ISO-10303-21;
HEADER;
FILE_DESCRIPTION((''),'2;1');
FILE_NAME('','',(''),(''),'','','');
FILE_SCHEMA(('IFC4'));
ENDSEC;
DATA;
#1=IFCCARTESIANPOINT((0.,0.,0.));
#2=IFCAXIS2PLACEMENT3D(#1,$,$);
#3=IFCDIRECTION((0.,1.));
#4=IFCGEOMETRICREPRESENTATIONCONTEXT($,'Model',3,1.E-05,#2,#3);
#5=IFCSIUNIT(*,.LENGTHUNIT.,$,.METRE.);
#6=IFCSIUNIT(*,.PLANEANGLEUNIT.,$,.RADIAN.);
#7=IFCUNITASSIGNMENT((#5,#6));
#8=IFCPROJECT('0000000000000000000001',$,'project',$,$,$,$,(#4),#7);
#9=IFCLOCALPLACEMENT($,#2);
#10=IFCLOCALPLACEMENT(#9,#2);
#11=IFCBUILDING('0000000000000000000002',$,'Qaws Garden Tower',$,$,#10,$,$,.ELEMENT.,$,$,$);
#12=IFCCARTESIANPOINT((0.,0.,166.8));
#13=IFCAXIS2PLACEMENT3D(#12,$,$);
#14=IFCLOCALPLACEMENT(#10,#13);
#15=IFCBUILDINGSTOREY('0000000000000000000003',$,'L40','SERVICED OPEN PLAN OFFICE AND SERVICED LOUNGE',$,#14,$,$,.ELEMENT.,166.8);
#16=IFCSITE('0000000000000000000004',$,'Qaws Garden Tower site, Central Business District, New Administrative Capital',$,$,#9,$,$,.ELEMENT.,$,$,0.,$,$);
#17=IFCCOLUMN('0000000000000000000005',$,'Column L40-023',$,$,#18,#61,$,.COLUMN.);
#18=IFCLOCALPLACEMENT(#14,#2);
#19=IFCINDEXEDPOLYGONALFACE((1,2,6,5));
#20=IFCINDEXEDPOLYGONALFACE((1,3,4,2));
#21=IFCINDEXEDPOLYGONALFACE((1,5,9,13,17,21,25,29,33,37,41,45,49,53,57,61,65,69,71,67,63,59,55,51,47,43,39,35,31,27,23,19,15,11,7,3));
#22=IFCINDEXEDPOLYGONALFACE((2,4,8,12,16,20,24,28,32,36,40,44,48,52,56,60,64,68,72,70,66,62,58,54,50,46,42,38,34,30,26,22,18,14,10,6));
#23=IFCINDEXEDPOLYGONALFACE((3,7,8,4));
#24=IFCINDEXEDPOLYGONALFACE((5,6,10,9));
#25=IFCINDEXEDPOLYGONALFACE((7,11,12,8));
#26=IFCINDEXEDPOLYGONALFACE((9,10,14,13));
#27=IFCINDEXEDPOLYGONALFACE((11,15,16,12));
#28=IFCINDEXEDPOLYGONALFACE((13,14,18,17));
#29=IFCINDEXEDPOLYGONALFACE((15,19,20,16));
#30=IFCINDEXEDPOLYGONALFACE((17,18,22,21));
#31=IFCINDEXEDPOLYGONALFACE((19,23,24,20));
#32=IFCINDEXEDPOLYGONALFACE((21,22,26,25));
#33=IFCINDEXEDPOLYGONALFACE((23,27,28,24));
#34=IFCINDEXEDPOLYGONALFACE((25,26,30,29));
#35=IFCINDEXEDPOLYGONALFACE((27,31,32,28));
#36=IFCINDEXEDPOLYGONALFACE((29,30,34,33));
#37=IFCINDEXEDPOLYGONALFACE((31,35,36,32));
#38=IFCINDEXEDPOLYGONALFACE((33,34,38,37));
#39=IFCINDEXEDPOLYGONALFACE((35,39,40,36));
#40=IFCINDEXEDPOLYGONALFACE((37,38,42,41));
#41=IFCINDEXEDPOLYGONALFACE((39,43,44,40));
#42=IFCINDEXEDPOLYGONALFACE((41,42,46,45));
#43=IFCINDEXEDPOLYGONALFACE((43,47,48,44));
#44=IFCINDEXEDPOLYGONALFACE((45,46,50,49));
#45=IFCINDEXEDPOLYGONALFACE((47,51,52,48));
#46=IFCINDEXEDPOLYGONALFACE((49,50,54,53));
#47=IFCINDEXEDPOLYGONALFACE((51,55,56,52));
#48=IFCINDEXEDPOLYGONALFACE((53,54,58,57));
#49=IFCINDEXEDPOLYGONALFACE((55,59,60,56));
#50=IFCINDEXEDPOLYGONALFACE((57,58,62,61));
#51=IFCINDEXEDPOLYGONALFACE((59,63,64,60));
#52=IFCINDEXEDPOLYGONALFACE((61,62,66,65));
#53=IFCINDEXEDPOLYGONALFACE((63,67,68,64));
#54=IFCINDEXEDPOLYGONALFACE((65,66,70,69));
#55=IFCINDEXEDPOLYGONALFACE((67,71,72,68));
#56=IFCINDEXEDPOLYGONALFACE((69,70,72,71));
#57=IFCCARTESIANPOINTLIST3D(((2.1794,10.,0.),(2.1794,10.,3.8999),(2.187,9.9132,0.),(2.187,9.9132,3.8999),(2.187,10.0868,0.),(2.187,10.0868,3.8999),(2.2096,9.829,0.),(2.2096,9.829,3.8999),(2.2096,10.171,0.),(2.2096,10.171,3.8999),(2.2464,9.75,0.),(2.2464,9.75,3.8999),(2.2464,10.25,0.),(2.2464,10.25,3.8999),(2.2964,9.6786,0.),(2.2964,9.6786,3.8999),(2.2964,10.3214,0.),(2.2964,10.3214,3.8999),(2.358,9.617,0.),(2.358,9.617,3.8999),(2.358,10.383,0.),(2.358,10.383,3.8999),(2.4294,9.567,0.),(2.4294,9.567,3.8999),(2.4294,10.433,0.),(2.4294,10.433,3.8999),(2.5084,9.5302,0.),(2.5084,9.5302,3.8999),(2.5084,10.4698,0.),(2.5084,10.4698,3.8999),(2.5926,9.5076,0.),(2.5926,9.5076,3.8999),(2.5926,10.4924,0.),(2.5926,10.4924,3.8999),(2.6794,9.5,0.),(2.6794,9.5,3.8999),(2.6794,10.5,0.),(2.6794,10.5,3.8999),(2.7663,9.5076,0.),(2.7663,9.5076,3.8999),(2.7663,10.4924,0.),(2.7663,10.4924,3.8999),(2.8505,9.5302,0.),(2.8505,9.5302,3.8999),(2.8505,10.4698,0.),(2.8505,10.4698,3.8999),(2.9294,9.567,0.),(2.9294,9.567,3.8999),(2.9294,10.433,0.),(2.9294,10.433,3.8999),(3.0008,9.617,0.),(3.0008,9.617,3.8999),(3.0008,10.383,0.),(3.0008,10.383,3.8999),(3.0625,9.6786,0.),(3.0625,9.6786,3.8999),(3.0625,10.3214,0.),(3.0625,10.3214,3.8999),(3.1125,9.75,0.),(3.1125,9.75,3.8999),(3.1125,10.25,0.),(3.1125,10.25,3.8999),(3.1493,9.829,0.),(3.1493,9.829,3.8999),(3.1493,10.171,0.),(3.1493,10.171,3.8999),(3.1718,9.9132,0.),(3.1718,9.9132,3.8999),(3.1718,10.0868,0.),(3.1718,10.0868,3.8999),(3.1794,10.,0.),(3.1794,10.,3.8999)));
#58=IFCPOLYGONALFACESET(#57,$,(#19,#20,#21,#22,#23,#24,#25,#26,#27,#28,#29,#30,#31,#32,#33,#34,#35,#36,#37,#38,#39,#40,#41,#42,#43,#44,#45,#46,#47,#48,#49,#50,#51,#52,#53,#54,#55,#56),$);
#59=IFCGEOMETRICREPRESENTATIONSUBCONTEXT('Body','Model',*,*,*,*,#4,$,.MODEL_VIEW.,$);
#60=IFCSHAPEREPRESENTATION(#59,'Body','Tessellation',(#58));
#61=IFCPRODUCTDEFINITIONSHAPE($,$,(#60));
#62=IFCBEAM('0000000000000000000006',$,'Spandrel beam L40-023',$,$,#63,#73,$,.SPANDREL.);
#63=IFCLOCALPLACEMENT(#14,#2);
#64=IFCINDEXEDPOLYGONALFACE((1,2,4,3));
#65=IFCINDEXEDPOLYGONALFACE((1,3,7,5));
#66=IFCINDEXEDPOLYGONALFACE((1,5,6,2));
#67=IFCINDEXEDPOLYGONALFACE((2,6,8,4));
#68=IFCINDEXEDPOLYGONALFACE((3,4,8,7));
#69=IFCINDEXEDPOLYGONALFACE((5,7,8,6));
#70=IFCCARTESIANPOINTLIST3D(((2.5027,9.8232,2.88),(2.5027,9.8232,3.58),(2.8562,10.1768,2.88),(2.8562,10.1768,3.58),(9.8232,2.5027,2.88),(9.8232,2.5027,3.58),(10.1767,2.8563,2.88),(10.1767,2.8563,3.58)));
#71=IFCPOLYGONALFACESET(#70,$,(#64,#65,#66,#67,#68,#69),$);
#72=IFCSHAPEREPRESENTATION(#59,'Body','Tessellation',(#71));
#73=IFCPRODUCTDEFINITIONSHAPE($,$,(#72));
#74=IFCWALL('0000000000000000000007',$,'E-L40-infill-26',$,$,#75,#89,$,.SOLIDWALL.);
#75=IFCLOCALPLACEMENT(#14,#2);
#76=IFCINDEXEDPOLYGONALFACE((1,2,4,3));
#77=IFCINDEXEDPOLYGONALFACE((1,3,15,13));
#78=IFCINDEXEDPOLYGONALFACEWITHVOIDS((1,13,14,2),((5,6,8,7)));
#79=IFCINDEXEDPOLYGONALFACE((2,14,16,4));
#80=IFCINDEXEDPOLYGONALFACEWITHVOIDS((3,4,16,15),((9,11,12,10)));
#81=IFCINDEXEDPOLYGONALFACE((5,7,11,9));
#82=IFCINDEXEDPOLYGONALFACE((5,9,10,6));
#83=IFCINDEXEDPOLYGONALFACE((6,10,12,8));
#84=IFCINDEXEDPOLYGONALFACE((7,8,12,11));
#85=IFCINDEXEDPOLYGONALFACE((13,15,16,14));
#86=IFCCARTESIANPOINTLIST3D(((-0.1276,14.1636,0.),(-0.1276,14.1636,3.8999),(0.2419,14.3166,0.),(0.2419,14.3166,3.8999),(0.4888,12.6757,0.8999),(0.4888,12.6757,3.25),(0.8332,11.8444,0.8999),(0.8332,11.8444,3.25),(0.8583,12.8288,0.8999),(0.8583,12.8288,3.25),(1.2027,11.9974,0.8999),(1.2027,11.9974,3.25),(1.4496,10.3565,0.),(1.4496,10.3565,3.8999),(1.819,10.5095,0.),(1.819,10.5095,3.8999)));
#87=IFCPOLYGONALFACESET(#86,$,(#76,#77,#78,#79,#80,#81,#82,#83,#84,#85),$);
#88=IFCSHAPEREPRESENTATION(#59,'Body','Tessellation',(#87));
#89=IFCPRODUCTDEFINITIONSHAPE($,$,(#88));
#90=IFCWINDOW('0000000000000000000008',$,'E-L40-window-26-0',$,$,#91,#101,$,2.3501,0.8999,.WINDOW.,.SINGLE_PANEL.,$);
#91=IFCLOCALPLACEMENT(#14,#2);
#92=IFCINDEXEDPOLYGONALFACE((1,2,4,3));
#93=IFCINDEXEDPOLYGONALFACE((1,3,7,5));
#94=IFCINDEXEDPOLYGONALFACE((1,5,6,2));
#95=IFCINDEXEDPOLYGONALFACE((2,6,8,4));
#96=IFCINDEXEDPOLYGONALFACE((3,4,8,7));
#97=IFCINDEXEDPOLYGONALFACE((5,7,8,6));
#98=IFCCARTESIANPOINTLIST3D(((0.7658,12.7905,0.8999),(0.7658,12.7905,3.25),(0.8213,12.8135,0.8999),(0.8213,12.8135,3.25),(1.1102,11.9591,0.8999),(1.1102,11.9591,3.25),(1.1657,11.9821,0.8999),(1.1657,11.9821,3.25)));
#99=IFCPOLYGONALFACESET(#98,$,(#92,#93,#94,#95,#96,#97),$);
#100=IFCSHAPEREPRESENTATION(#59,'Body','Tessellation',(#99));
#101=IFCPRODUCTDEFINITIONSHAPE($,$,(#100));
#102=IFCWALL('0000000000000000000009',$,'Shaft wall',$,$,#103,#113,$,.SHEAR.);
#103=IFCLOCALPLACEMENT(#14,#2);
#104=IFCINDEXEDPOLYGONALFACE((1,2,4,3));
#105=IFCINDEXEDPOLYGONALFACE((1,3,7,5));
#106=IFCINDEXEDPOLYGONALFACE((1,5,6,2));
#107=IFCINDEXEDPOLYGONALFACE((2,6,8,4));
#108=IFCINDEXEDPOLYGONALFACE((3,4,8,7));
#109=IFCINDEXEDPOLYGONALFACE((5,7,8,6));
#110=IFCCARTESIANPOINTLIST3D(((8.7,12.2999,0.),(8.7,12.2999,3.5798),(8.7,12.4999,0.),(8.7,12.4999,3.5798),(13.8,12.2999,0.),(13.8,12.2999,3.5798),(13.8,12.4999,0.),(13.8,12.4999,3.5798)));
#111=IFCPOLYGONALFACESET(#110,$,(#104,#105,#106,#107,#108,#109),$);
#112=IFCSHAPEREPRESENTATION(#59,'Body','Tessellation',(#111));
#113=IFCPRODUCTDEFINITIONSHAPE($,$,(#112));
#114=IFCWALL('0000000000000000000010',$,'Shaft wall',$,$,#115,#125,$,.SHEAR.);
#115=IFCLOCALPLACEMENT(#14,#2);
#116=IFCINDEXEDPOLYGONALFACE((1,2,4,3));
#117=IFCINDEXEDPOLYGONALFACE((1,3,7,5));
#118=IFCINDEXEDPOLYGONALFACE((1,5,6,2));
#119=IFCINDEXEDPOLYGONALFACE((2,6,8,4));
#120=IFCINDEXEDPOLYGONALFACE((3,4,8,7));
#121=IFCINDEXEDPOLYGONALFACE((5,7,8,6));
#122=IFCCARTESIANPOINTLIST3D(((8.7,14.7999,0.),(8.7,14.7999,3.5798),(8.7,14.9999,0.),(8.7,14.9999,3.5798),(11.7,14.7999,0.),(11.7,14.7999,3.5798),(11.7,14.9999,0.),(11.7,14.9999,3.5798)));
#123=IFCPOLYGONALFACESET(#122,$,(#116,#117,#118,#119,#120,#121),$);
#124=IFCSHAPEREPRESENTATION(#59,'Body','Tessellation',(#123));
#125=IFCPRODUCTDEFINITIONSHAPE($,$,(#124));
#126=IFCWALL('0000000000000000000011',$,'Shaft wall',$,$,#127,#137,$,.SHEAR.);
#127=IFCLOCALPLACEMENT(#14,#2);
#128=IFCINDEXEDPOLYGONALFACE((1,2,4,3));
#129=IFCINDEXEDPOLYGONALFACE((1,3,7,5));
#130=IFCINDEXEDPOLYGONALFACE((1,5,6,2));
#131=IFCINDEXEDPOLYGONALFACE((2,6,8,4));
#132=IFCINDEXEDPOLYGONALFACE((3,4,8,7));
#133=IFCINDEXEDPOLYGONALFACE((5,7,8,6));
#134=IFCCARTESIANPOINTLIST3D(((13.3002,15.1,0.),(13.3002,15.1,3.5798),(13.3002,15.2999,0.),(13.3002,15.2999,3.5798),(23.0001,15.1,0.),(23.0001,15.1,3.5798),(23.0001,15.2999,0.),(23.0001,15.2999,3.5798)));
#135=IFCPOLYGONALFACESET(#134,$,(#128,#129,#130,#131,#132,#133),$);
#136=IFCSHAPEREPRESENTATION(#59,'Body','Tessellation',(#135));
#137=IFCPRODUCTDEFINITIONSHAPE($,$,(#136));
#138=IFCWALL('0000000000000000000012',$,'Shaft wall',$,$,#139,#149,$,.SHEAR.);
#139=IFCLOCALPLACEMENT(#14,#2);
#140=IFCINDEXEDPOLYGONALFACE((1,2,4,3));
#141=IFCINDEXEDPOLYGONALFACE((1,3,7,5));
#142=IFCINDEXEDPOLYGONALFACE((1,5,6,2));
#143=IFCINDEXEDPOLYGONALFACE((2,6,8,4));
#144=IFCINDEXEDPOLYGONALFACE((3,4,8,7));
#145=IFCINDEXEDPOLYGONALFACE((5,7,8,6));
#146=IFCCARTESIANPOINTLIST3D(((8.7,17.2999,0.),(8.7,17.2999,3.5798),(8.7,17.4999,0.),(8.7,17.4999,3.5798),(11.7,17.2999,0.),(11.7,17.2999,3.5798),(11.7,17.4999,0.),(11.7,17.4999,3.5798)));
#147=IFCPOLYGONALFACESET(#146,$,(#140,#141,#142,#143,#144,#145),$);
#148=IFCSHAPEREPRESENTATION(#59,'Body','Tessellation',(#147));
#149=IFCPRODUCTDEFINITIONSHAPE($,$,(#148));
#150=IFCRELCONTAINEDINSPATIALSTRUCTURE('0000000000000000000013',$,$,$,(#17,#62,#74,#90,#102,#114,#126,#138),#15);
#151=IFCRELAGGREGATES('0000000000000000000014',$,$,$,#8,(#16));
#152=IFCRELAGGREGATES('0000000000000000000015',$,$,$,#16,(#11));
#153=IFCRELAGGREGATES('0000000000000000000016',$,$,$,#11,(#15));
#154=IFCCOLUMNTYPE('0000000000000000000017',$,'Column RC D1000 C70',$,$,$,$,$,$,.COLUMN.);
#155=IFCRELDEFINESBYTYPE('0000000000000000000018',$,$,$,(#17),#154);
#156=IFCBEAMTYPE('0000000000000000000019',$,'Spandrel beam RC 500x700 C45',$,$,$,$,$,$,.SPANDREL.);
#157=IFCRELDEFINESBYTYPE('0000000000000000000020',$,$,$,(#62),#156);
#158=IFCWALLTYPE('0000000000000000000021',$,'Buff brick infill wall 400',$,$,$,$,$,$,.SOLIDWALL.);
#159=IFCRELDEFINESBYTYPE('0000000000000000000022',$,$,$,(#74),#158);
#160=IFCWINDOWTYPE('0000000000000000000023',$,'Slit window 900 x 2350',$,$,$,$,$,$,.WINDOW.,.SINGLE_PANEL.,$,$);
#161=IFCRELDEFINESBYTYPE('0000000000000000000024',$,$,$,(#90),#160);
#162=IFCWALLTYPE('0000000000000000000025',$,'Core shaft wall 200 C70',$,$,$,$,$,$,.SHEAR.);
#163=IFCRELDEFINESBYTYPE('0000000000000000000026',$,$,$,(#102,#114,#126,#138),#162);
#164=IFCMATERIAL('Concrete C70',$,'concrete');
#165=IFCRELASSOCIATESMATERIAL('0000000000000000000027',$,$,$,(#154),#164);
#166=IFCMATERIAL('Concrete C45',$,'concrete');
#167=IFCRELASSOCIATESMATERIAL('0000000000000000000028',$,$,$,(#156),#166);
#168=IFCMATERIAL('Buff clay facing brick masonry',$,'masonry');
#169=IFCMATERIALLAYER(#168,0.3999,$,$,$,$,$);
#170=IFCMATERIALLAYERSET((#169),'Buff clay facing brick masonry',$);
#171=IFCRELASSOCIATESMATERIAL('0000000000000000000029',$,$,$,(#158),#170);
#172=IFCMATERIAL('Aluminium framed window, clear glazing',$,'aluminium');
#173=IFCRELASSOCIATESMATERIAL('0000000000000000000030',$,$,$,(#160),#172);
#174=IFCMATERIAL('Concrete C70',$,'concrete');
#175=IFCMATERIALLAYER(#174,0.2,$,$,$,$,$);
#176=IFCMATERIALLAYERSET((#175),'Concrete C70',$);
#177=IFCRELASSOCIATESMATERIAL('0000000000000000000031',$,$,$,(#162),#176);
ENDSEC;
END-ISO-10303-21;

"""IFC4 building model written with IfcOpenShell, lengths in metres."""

from ifc_helpers import new_model, si_unit, direction, frame, frame_2d, origin, origin_2d, place, context, subcontext, project, spatial, rectangle, circle, extrude, material, layer, layer_set, material_profile, profile_set, type_object, element, fill, save


model = new_model("IFC4")

# Units and contexts
model_context = context("Model", 3, precision=1e-05, world=origin(), true_north=direction((0.0, 1.0)))
body_context = subcontext(model_context, "Body", "Model", "MODEL_VIEW")
ifc_project = project(units=[si_unit("LENGTHUNIT", "METRE"), si_unit("PLANEANGLEUNIT", "RADIAN")], contexts=[model_context])

# Site, building, storey
site_placement = place(None, origin())
site = spatial("IfcSite", under=ifc_project, at=site_placement, Name="Qaws Garden Tower site, Central Business District, New Administrative Capital", CompositionType="ELEMENT", RefElevation=0.0)
building_placement = place(site_placement, origin())
building = spatial("IfcBuilding", under=site, at=building_placement, Name="Qaws Garden Tower", CompositionType="ELEMENT")
storey_placement = place(building_placement, frame((0.0, 0.0, 166.8)))
storey = spatial("IfcBuildingStorey", under=building, at=storey_placement, Name="L40", Description="SERVICED OPEN PLAN OFFICE AND SERVICED LOUNGE", CompositionType="ELEMENT", Elevation=166.8)

# Column
ifc_material_1 = material(Name="Concrete C70", Category="concrete")
ifc_material_profile_1 = material_profile(ifc_material_1, circle(Radius=0.5, at=origin_2d()), Name="RC D1000")
ifc_profile_set_1 = profile_set([ifc_material_profile_1], Name="Concrete C70")
column_type = type_object("IfcColumnType", Name="Column RC D1000 C70", PredefinedType="COLUMN", material=ifc_profile_set_1)
column_placement = place(storey_placement, frame((2.6794, 10.0, 0.0), z_axis=(0.0, 0.0, 1.0), x_axis=(1.0, 0.0, 0.0)))
element("IfcColumn", 1, at=column_placement, inside=storey, type_object=column_type, Name="Column L40-023", PredefinedType="COLUMN", context=body_context, shape_type="SweptSolid", body=[
    extrude(circle(Radius=0.5, at=origin_2d()), origin(), (0.0, 0.0, 1.0), 3.8999),
])

# Beam
ifc_material_2 = material(Name="Concrete C45", Category="concrete")
ifc_material_profile_2 = material_profile(ifc_material_2, rectangle(XDim=0.5, YDim=0.7, at=origin_2d()), Name="RC 500x700")
ifc_profile_set_2 = profile_set([ifc_material_profile_2], Name="Concrete C45")
beam_type = type_object("IfcBeamType", Name="Spandrel beam RC 500x700 C45", PredefinedType="SPANDREL", material=ifc_profile_set_2)
beam_placement = place(storey_placement, frame((2.6794, 10.0, 3.23), z_axis=(0.707107, -0.707107, 0.0), x_axis=(0.707107, 0.707107, 0.0)))
element("IfcBeam", 2, at=beam_placement, inside=storey, type_object=beam_type, Name="Spandrel beam L40-023", PredefinedType="SPANDREL", context=body_context, shape_type="SweptSolid", body=[
    extrude(rectangle(XDim=0.5, YDim=0.7, at=origin_2d()), origin(), (0.0, 0.0, 1.0), 10.3528),
])

# Wall, opening, window
ifc_material_3 = material(Name="Buff clay facing brick masonry", Category="masonry")
ifc_layer_1 = layer(ifc_material_3, 0.3999)
ifc_layer_set_1 = layer_set([ifc_layer_1], Name="Buff clay facing brick masonry")
wall_type_1 = type_object("IfcWallType", Name="Buff brick infill wall 400", PredefinedType="SOLIDWALL", material=ifc_layer_set_1)
wall_1_placement = place(storey_placement, frame((0.0571, 14.2402, 0.0), z_axis=(0.0, 0.0, 1.0), x_axis=(0.382722, -0.923864, 0.0)))
wall_1 = element("IfcWall", 3, at=wall_1_placement, inside=storey, type_object=wall_type_1, Name="E-L40-infill-26", PredefinedType="SOLIDWALL", context=body_context, shape_type="SweptSolid", body=[
    extrude(rectangle(XDim=4.1208, YDim=0.3999, at=frame_2d((2.0605, 0.0))), origin(), (0.0, 0.0, 1.0), 3.8999),
])
opening_1_placement = place(wall_1_placement, frame((1.6106, 0.0, 0.8999)))
opening_1 = element("IfcOpeningElement", 4, at=opening_1_placement, cuts=wall_1, PredefinedType="OPENING", context=body_context, shape_type="SweptSolid", body=[
    extrude(rectangle(XDim=0.8999, YDim=2.3501, at=frame_2d((0.45, 1.175))), frame((0.0, 0.21, 0.0), z_axis=(0.0, -1.0, 0.0), x_axis=(1.0, 0.0, 0.0)), (0.0, 0.0, 1.0), 0.4199),
])
ifc_material_4 = material(Name="Aluminium framed window, clear glazing", Category="aluminium")
window_type = type_object("IfcWindowType", Name="Slit window 900 x 2350", PartitioningType="SINGLE_PANEL", PredefinedType="WINDOW", material=ifc_material_4)
window_placement = place(opening_1_placement, origin())
window = element("IfcWindow", 5, at=window_placement, inside=storey, type_object=window_type, Name="E-L40-window-26-0", OverallHeight=2.3501, OverallWidth=0.8999, PartitioningType="SINGLE_PANEL", PredefinedType="WINDOW", context=body_context, shape_type="SweptSolid", body=[
    extrude(rectangle(XDim=0.8999, YDim=2.3501, at=frame_2d((0.45, 1.175))), frame((0.0, 0.1599, 0.0), z_axis=(0.0, -1.0, 0.0), x_axis=(1.0, 0.0, 0.0)), (0.0, 0.0, 1.0), 0.0601),
])
fill(opening_1, window)

# Walls
ifc_material_5 = material(Name="Concrete C70", Category="concrete")
ifc_layer_2 = layer(ifc_material_5, 0.2)
ifc_layer_set_2 = layer_set([ifc_layer_2], Name="Concrete C70")
wall_type_2 = type_object("IfcWallType", Name="Core shaft wall 200 C70", PredefinedType="SHEAR", material=ifc_layer_set_2)
wall_2_placement = place(storey_placement, frame((8.7, 12.3999, 0.0), z_axis=(0.0, 0.0, 1.0), x_axis=(1.0, 0.0, 0.0)))
element("IfcWall", 6, at=wall_2_placement, inside=storey, type_object=wall_type_2, Name="Shaft wall", PredefinedType="SHEAR", context=body_context, shape_type="SweptSolid", body=[
    extrude(rectangle(XDim=5.1001, YDim=0.2, at=frame_2d((2.55, 0.0))), origin(), (0.0, 0.0, 1.0), 3.5798),
])
wall_3_placement = place(storey_placement, frame((8.7, 14.8999, 0.0), z_axis=(0.0, 0.0, 1.0), x_axis=(1.0, 0.0, 0.0)))
element("IfcWall", 7, at=wall_3_placement, inside=storey, type_object=wall_type_2, Name="Shaft wall", PredefinedType="SHEAR", context=body_context, shape_type="SweptSolid", body=[
    extrude(rectangle(XDim=3.0, YDim=0.2, at=frame_2d((1.5, 0.0))), origin(), (0.0, 0.0, 1.0), 3.5798),
])
wall_4_placement = place(storey_placement, frame((13.3, 15.2, 0.0), z_axis=(0.0, 0.0, 1.0), x_axis=(1.0, 0.0, 0.0)))
element("IfcWall", 8, at=wall_4_placement, inside=storey, type_object=wall_type_2, Name="Shaft wall", PredefinedType="SHEAR", context=body_context, shape_type="SweptSolid", body=[
    extrude(rectangle(XDim=9.7, YDim=0.2, at=frame_2d((4.8501, 0.0))), origin(), (0.0, 0.0, 1.0), 3.5798),
])
wall_5_placement = place(storey_placement, frame((8.7, 17.3999, 0.0), z_axis=(0.0, 0.0, 1.0), x_axis=(1.0, 0.0, 0.0)))
element("IfcWall", 9, at=wall_5_placement, inside=storey, type_object=wall_type_2, Name="Shaft wall", PredefinedType="SHEAR", context=body_context, shape_type="SweptSolid", body=[
    extrude(rectangle(XDim=3.0, YDim=0.2, at=frame_2d((1.5, 0.0))), origin(), (0.0, 0.0, 1.0), 3.5798),
])

save(model, "model.ifc")
